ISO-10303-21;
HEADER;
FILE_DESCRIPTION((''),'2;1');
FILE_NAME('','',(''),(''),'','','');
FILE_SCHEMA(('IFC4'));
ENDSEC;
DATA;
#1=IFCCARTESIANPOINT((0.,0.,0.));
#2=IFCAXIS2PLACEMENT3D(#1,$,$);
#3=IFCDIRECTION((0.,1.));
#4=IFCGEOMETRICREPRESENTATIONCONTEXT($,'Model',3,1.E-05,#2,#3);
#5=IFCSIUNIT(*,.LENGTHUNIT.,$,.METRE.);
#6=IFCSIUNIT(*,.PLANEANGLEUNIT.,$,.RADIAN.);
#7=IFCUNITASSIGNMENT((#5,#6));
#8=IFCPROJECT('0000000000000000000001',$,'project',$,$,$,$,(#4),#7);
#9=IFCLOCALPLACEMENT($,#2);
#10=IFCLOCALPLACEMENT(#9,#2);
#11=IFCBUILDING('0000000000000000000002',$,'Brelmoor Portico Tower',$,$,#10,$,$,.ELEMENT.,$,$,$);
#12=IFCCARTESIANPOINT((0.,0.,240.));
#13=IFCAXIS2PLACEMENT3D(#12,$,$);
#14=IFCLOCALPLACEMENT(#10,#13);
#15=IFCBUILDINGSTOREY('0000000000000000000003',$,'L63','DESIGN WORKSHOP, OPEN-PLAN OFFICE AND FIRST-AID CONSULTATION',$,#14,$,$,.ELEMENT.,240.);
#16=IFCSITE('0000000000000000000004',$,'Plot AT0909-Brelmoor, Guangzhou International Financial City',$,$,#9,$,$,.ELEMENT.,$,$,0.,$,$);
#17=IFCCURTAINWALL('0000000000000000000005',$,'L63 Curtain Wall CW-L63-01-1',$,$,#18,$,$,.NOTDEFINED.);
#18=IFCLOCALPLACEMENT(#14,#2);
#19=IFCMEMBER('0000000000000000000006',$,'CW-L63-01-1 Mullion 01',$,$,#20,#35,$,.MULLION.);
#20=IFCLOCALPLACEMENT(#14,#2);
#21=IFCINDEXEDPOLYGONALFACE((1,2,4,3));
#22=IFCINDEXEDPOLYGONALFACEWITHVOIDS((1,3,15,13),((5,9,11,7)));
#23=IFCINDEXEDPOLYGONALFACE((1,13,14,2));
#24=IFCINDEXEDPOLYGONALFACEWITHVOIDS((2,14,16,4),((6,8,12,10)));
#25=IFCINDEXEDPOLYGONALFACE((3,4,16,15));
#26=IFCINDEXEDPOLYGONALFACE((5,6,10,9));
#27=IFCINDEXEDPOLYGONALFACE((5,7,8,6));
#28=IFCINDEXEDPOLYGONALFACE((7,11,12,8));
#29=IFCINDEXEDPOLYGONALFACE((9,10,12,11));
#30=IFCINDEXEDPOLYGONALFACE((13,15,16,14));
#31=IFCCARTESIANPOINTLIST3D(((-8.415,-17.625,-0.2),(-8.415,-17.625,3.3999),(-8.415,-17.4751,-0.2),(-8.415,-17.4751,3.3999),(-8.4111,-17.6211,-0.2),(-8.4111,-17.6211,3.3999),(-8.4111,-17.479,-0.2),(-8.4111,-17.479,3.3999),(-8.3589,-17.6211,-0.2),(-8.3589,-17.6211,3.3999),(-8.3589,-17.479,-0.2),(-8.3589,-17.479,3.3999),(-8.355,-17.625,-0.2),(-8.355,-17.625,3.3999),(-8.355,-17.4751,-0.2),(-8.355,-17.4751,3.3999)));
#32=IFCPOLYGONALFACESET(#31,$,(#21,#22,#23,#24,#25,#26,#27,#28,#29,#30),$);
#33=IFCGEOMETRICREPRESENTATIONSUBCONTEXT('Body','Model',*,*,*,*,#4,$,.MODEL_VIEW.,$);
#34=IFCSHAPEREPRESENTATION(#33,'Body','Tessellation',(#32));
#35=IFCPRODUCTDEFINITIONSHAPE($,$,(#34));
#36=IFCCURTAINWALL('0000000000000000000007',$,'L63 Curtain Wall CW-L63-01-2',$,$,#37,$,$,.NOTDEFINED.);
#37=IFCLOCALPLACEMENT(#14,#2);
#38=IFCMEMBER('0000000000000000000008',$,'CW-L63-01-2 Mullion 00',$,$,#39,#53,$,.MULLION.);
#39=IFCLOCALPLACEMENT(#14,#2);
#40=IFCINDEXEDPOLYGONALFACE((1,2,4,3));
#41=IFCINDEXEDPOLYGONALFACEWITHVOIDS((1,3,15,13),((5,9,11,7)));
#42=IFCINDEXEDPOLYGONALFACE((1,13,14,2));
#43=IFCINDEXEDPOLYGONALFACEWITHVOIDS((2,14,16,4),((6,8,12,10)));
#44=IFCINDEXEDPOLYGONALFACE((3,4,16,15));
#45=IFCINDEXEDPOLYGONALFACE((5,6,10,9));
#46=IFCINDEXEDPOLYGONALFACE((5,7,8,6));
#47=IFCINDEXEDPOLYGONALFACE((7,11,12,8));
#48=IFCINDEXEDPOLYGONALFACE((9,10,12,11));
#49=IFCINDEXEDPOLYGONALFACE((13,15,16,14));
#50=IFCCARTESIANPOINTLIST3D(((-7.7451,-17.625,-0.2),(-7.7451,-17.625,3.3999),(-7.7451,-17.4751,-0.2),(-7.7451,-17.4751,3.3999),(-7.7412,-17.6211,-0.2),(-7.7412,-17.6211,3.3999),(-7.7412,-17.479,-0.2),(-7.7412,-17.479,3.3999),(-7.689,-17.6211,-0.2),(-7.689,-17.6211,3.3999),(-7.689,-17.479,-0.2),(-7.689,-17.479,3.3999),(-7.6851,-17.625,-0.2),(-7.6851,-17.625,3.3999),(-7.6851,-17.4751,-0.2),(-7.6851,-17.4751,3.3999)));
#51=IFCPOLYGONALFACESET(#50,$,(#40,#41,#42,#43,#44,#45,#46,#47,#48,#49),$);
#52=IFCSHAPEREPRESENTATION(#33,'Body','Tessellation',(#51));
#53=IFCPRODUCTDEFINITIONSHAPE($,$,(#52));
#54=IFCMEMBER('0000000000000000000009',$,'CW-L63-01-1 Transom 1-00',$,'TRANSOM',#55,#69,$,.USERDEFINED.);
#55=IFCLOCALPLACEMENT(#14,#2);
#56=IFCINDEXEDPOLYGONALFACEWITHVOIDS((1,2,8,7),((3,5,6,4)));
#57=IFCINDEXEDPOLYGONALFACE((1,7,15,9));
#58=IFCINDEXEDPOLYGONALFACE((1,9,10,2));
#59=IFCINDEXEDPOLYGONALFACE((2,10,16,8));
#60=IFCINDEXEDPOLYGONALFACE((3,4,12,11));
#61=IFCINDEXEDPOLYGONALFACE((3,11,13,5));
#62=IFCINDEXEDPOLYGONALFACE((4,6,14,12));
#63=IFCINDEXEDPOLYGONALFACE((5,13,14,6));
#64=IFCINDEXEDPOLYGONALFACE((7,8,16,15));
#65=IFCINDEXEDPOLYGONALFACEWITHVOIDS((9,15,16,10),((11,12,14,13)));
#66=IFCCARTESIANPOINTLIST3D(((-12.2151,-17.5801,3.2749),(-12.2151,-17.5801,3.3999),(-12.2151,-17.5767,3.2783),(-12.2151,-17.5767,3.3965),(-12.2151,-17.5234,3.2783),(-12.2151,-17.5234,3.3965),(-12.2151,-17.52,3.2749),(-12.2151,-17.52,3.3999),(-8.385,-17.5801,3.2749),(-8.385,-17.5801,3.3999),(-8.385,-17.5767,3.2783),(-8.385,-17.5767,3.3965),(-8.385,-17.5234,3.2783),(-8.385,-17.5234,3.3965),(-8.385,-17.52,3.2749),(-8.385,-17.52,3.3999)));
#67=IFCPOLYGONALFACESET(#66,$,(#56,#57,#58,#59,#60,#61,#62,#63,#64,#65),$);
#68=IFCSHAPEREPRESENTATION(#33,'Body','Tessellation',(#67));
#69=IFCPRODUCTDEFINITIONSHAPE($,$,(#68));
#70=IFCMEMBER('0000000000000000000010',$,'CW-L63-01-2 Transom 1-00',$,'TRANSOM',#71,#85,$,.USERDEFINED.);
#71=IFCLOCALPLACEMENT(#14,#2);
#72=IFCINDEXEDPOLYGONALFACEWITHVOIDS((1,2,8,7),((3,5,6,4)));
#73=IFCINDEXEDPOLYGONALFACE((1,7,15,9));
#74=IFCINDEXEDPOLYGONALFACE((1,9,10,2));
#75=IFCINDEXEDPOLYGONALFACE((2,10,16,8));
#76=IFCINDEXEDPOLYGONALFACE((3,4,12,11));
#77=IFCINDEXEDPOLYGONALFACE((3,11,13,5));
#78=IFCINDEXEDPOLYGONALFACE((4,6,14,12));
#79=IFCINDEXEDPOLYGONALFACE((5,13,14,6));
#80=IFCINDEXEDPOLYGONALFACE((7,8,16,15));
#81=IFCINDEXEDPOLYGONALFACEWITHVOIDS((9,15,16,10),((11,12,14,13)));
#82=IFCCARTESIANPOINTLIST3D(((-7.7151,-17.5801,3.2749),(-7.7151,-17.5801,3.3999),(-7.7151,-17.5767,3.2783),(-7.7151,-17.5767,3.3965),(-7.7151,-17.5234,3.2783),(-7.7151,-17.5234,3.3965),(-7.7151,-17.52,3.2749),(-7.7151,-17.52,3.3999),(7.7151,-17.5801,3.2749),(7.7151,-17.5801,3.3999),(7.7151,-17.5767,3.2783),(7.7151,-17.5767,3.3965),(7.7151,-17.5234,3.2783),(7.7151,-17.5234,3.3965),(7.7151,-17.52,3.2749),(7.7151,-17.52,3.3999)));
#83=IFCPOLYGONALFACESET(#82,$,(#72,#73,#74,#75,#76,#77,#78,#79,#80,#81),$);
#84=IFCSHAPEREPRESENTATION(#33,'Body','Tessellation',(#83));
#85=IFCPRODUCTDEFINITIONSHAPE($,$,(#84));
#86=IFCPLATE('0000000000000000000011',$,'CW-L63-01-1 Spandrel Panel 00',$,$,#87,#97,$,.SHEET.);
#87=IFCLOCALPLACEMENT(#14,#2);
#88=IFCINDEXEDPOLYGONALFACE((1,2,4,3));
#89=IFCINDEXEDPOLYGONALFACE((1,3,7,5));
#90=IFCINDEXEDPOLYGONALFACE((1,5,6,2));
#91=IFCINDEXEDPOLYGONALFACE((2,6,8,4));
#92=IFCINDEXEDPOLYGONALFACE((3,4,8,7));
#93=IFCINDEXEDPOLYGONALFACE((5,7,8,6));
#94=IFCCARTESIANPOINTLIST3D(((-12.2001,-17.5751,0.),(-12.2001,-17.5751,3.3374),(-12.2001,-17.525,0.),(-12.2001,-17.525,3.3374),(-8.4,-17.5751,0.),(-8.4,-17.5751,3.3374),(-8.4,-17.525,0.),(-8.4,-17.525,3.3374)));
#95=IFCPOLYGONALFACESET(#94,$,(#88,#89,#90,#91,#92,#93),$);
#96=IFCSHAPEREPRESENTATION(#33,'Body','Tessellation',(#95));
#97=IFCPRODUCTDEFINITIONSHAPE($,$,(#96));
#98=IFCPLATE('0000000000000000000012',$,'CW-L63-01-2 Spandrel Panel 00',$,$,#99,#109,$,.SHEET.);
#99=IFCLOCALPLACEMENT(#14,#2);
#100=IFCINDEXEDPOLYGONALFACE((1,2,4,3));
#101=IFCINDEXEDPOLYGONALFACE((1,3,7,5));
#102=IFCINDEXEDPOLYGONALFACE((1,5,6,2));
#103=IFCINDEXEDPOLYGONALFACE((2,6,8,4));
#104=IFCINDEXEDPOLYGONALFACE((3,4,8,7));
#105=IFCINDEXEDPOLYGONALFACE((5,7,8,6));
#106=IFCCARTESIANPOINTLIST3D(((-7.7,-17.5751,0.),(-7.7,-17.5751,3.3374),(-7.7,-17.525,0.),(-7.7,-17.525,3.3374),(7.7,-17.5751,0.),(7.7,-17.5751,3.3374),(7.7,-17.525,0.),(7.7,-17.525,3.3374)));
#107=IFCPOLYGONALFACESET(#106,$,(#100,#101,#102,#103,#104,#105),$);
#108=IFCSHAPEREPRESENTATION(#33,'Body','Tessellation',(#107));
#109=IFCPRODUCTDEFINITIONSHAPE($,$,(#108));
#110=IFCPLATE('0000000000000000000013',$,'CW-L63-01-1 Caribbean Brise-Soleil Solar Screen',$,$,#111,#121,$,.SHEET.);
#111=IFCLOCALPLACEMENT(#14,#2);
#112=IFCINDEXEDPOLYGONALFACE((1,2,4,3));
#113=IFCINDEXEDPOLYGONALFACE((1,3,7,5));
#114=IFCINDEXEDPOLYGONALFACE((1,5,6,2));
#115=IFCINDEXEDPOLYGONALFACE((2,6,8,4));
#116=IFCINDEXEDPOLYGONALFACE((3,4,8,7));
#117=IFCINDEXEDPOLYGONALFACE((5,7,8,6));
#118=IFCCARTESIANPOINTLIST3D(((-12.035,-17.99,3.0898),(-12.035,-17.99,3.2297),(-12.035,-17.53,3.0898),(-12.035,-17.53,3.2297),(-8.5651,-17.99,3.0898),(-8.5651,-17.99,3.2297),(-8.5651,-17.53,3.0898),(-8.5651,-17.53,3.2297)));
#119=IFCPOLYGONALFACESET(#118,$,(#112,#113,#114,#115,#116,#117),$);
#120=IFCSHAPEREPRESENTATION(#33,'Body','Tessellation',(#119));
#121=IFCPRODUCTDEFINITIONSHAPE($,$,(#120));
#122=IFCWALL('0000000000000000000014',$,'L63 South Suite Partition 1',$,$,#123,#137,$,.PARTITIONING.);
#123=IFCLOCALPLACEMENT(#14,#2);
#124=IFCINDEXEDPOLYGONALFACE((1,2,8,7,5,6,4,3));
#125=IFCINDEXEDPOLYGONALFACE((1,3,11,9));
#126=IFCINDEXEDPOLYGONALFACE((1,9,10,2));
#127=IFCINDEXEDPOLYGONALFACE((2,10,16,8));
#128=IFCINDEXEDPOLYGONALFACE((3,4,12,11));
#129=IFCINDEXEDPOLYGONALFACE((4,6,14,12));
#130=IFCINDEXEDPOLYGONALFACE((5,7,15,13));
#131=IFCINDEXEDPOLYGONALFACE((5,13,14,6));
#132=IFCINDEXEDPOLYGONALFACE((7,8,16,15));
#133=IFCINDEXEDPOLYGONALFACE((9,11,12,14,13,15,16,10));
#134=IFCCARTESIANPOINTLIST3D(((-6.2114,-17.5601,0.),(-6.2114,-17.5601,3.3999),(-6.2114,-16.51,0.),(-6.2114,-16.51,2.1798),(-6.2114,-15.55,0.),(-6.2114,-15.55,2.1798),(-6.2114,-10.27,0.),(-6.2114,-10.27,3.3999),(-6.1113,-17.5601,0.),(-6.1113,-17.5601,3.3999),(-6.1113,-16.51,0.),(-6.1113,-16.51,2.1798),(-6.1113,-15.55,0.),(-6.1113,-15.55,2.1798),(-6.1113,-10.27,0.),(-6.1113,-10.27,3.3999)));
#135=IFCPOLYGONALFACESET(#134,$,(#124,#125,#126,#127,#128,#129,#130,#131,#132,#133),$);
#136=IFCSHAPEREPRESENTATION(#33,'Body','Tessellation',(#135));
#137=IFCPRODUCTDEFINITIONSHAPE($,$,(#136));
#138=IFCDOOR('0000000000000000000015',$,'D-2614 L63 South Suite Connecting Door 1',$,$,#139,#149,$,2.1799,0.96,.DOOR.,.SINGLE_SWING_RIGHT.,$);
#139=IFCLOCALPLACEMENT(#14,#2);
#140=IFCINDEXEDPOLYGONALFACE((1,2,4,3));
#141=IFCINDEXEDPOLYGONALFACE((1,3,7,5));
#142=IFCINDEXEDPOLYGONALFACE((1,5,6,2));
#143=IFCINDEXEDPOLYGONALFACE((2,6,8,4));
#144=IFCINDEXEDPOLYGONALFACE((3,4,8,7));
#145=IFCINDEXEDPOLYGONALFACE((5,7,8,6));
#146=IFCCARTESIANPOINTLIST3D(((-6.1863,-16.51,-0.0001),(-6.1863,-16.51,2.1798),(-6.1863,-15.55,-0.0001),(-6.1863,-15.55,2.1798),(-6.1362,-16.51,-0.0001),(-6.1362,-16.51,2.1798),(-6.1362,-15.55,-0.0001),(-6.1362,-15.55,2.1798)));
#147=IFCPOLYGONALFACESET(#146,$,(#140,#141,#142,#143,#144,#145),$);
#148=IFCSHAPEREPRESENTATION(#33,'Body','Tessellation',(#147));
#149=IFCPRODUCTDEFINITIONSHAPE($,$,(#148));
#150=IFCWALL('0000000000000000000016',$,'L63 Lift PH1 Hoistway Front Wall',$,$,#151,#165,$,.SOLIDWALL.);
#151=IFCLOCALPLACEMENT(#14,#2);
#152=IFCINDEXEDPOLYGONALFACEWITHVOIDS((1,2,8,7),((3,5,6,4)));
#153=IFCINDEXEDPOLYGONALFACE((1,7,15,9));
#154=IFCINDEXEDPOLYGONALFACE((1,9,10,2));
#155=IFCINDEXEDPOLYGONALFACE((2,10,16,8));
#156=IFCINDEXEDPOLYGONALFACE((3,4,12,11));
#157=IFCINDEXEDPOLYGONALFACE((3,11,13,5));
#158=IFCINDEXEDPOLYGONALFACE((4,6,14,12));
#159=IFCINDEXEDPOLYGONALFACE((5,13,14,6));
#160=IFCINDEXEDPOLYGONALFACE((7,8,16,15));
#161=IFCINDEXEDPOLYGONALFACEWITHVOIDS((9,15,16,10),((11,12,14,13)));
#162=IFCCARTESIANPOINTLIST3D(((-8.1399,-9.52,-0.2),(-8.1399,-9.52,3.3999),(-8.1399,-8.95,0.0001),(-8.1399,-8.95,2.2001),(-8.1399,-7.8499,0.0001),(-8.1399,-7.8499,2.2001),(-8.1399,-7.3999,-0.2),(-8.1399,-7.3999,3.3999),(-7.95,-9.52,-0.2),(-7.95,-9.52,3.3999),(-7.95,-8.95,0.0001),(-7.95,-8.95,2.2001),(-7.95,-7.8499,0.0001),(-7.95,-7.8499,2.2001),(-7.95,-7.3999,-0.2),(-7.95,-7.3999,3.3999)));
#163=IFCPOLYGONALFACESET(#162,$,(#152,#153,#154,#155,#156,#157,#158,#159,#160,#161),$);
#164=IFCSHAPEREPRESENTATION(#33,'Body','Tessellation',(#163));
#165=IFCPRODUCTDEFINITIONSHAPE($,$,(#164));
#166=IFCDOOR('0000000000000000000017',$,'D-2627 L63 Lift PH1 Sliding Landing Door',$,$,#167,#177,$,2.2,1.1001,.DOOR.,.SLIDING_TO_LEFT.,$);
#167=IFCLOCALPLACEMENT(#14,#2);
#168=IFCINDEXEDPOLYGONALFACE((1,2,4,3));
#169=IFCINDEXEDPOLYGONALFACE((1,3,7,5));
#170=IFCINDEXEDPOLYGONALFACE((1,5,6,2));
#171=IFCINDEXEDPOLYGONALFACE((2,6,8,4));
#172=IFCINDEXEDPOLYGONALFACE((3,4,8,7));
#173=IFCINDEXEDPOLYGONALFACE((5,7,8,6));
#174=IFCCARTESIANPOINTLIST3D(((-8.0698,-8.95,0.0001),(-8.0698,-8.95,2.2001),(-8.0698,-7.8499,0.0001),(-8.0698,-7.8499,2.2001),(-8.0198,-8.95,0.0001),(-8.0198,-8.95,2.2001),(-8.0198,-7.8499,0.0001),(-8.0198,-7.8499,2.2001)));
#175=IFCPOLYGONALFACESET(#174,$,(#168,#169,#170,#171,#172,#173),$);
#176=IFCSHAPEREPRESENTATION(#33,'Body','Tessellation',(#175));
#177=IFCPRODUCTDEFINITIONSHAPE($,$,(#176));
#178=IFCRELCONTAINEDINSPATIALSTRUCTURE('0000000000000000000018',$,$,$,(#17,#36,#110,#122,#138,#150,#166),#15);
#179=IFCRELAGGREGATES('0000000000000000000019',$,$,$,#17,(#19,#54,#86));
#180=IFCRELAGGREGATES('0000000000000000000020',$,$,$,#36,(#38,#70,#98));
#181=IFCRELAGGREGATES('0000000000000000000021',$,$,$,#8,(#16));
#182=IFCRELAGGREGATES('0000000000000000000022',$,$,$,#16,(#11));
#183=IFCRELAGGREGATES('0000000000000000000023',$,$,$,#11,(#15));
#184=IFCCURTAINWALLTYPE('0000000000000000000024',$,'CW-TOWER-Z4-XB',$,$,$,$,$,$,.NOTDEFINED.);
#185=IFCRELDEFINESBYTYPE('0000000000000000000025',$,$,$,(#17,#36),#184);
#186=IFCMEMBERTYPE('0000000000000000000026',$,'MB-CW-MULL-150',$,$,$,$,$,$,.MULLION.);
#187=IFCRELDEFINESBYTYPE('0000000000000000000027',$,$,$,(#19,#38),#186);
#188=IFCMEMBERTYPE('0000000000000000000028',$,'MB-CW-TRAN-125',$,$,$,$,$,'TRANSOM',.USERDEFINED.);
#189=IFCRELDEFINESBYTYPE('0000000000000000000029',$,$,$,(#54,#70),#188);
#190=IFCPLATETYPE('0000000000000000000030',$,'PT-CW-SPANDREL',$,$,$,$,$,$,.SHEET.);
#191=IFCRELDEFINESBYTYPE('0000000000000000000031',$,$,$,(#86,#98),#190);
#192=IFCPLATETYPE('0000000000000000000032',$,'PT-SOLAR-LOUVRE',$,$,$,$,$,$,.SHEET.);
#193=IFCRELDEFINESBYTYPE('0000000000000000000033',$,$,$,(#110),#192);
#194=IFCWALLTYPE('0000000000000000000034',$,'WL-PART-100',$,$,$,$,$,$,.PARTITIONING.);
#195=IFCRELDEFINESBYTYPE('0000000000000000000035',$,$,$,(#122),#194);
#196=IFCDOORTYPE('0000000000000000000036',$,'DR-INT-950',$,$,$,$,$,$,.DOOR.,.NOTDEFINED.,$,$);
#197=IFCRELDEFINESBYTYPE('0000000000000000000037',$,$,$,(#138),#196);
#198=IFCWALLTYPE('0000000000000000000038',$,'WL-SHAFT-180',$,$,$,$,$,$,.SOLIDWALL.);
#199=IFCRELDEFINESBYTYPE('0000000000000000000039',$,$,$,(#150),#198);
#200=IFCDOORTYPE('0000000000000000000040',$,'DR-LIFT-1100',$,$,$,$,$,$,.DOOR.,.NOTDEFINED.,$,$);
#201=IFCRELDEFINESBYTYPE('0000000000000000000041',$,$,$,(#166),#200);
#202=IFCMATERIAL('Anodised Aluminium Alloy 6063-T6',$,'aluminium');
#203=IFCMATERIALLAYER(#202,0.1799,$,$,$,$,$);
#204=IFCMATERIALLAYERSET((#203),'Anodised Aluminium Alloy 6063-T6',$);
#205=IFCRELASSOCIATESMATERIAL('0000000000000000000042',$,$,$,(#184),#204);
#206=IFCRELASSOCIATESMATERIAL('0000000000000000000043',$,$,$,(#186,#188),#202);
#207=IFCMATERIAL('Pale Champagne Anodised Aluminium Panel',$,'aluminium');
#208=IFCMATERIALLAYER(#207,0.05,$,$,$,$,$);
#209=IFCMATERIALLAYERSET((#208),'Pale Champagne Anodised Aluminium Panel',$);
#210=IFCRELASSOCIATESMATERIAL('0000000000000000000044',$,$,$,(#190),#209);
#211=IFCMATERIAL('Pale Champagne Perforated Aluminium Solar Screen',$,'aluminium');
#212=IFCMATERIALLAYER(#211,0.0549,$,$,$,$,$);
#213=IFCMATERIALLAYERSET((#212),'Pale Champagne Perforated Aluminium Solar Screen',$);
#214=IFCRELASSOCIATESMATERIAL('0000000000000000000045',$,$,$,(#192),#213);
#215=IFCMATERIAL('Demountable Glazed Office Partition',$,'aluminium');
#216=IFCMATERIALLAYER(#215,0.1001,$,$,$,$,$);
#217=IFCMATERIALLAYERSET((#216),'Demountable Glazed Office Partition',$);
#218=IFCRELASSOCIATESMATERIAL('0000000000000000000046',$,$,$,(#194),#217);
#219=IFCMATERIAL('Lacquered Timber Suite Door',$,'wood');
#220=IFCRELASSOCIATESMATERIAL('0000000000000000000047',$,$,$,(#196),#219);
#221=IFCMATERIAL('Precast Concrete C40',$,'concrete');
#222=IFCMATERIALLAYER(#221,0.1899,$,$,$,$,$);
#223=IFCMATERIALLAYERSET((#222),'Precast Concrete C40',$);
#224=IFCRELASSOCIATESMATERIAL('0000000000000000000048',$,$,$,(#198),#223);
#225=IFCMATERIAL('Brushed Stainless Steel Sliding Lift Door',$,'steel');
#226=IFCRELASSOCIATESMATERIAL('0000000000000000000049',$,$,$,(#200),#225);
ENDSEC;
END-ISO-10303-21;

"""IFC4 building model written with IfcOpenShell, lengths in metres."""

from ifc_helpers import new_model, si_unit, direction, frame, frame_2d, origin, origin_2d, place, context, subcontext, project, spatial, rectangle, hollow_rectangle, extrude, material, layer, layer_set, material_profile, profile_set, type_object, element, fill, aggregate, save


model = new_model("IFC4")

# Units and contexts
model_context = context("Model", 3, precision=1e-05, world=origin(), true_north=direction((0.0, 1.0)))
body_context = subcontext(model_context, "Body", "Model", "MODEL_VIEW")
ifc_project = project(units=[si_unit("LENGTHUNIT", "METRE"), si_unit("PLANEANGLEUNIT", "RADIAN")], contexts=[model_context])

# Site, building, storey
site_placement = place(None, origin())
site = spatial("IfcSite", under=ifc_project, at=site_placement, Name="Plot AT0909-Brelmoor, Guangzhou International Financial City", CompositionType="ELEMENT", RefElevation=0.0)
building_placement = place(site_placement, origin())
building = spatial("IfcBuilding", under=site, at=building_placement, Name="Brelmoor Portico Tower", CompositionType="ELEMENT")
storey_placement = place(building_placement, frame((0.0, 0.0, 240.0)))
storey = spatial("IfcBuildingStorey", under=building, at=storey_placement, Name="L63", Description="DESIGN WORKSHOP, OPEN-PLAN OFFICE AND FIRST-AID CONSULTATION", CompositionType="ELEMENT", Elevation=240.0)

# Curtain wall, member
ifc_material_1 = material(Name="Anodised Aluminium Alloy 6063-T6", Category="aluminium")
ifc_layer_1 = layer(ifc_material_1, 0.1799)
ifc_layer_set_1 = layer_set([ifc_layer_1], Name="Anodised Aluminium Alloy 6063-T6")
curtain_wall_type = type_object("IfcCurtainWallType", Name="CW-TOWER-Z4-XB", PredefinedType="NOTDEFINED", material=ifc_layer_set_1)
curtain_wall_1_placement = place(storey_placement, origin())
curtain_wall_1 = element("IfcCurtainWall", 1, at=curtain_wall_1_placement, inside=storey, type_object=curtain_wall_type, Name="L63 Curtain Wall CW-L63-01-1", PredefinedType="NOTDEFINED")
ifc_material_profile_1 = material_profile(ifc_material_1, hollow_rectangle(XDim=0.0601, YDim=0.1499, WallThickness=0.0039, at=origin_2d()), Name="ALU MULLION 60x150")
ifc_profile_set_1 = profile_set([ifc_material_profile_1], Name="Anodised Aluminium Alloy 6063-T6")
member_type_1 = type_object("IfcMemberType", Name="MB-CW-MULL-150", PredefinedType="MULLION", material=ifc_profile_set_1)
member_1_placement = place(storey_placement, frame((-8.385, -17.55, -0.2), z_axis=(0.0, 0.0, 1.0), x_axis=(1.0, 0.0, 0.0)))
member_1 = element("IfcMember", 2, at=member_1_placement, type_object=member_type_1, Name="CW-L63-01-1 Mullion 01", PredefinedType="MULLION", context=body_context, shape_type="SweptSolid", body=[
    extrude(hollow_rectangle(XDim=0.0601, YDim=0.1499, WallThickness=0.0039, at=origin_2d()), origin(), (0.0, 0.0, 1.0), 3.5999),
])

# Curtain wall, member
curtain_wall_2_placement = place(storey_placement, origin())
curtain_wall_2 = element("IfcCurtainWall", 3, at=curtain_wall_2_placement, inside=storey, type_object=curtain_wall_type, Name="L63 Curtain Wall CW-L63-01-2", PredefinedType="NOTDEFINED")
member_2_placement = place(storey_placement, frame((-7.7151, -17.55, -0.2), z_axis=(0.0, 0.0, 1.0), x_axis=(1.0, 0.0, 0.0)))
member_2 = element("IfcMember", 4, at=member_2_placement, type_object=member_type_1, Name="CW-L63-01-2 Mullion 00", PredefinedType="MULLION", context=body_context, shape_type="SweptSolid", body=[
    extrude(hollow_rectangle(XDim=0.0601, YDim=0.1499, WallThickness=0.0039, at=origin_2d()), origin(), (0.0, 0.0, 1.0), 3.5999),
])

# Members
ifc_material_profile_2 = material_profile(ifc_material_1, hollow_rectangle(XDim=0.0601, YDim=0.125, WallThickness=0.0034, at=origin_2d()), Name="ALU TRANSOM 60x125")
ifc_profile_set_2 = profile_set([ifc_material_profile_2], Name="Anodised Aluminium Alloy 6063-T6")
member_type_2 = type_object("IfcMemberType", Name="MB-CW-TRAN-125", ElementType="TRANSOM", PredefinedType="USERDEFINED", material=ifc_profile_set_2)
member_3_placement = place(storey_placement, frame((-12.2151, -17.55, 3.3374), z_axis=(1.0, 0.0, 0.0), x_axis=(0.0, 1.0, 0.0)))
member_3 = element("IfcMember", 5, at=member_3_placement, type_object=member_type_2, Name="CW-L63-01-1 Transom 1-00", ObjectType="TRANSOM", PredefinedType="USERDEFINED", context=body_context, shape_type="SweptSolid", body=[
    extrude(hollow_rectangle(XDim=0.0601, YDim=0.125, WallThickness=0.0034, at=origin_2d()), origin(), (0.0, 0.0, 1.0), 3.8301),
])
member_4_placement = place(storey_placement, frame((-7.7151, -17.55, 3.3374), z_axis=(1.0, 0.0, 0.0), x_axis=(0.0, 1.0, 0.0)))
member_4 = element("IfcMember", 6, at=member_4_placement, type_object=member_type_2, Name="CW-L63-01-2 Transom 1-00", ObjectType="TRANSOM", PredefinedType="USERDEFINED", context=body_context, shape_type="SweptSolid", body=[
    extrude(hollow_rectangle(XDim=0.0601, YDim=0.125, WallThickness=0.0034, at=origin_2d()), origin(), (0.0, 0.0, 1.0), 15.4302),
])

# Plates
ifc_material_2 = material(Name="Pale Champagne Anodised Aluminium Panel", Category="aluminium")
ifc_layer_2 = layer(ifc_material_2, 0.05)
ifc_layer_set_2 = layer_set([ifc_layer_2], Name="Pale Champagne Anodised Aluminium Panel")
plate_type_1 = type_object("IfcPlateType", Name="PT-CW-SPANDREL", PredefinedType="SHEET", material=ifc_layer_set_2)
plate_1_placement = place(storey_placement, frame((-10.3, -17.55, 0.0), z_axis=(0.0, 0.0, 1.0), x_axis=(1.0, 0.0, 0.0)))
plate_1 = element("IfcPlate", 7, at=plate_1_placement, type_object=plate_type_1, Name="CW-L63-01-1 Spandrel Panel 00", PredefinedType="SHEET", context=body_context, shape_type="SweptSolid", body=[
    extrude(rectangle(XDim=3.8, YDim=0.05, at=origin_2d()), origin(), (0.0, 0.0, 1.0), 3.3374),
])
aggregate(curtain_wall_1, [member_1, member_3, plate_1])
plate_2_placement = place(storey_placement, frame((0.0, -17.55, 0.0), z_axis=(0.0, 0.0, 1.0), x_axis=(1.0, 0.0, 0.0)))
plate_2 = element("IfcPlate", 8, at=plate_2_placement, type_object=plate_type_1, Name="CW-L63-01-2 Spandrel Panel 00", PredefinedType="SHEET", context=body_context, shape_type="SweptSolid", body=[
    extrude(rectangle(XDim=15.3999, YDim=0.05, at=origin_2d()), origin(), (0.0, 0.0, 1.0), 3.3374),
])
aggregate(curtain_wall_2, [member_2, member_4, plate_2])
ifc_material_3 = material(Name="Pale Champagne Perforated Aluminium Solar Screen", Category="aluminium")
ifc_layer_3 = layer(ifc_material_3, 0.0549)
ifc_layer_set_3 = layer_set([ifc_layer_3], Name="Pale Champagne Perforated Aluminium Solar Screen")
plate_type_2 = type_object("IfcPlateType", Name="PT-SOLAR-LOUVRE", PredefinedType="SHEET", material=ifc_layer_set_3)
plate_3_placement = place(storey_placement, frame((-10.3, -17.76, 3.0898), z_axis=(0.0, 0.0, 1.0), x_axis=(1.0, 0.0, 0.0)))
element("IfcPlate", 9, at=plate_3_placement, inside=storey, type_object=plate_type_2, Name="CW-L63-01-1 Caribbean Brise-Soleil Solar Screen", PredefinedType="SHEET", context=body_context, shape_type="SweptSolid", body=[
    extrude(rectangle(XDim=3.47, YDim=0.46, at=origin_2d()), origin(), (0.0, 0.0, 1.0), 0.1399),
])

# Walls, openings, doors
ifc_material_4 = material(Name="Demountable Glazed Office Partition", Category="aluminium")
ifc_layer_4 = layer(ifc_material_4, 0.1001)
ifc_layer_set_4 = layer_set([ifc_layer_4], Name="Demountable Glazed Office Partition")
wall_type_1 = type_object("IfcWallType", Name="WL-PART-100", PredefinedType="PARTITIONING", material=ifc_layer_set_4)
wall_1_placement = place(storey_placement, frame((-6.1614, -17.5601, 0.0), z_axis=(0.0, 0.0, 1.0), x_axis=(0.0, 1.0, 0.0)))
wall_1 = element("IfcWall", 10, at=wall_1_placement, inside=storey, type_object=wall_type_1, Name="L63 South Suite Partition 1", PredefinedType="PARTITIONING", context=body_context, shape_type="SweptSolid", body=[
    extrude(rectangle(XDim=7.29, YDim=0.1001, at=frame_2d((3.645, 0.0))), origin(), (0.0, 0.0, 1.0), 3.3999),
])
opening_1_placement = place(wall_1_placement, frame((1.05, 0.0, 0.0)))
opening_1 = element("IfcOpeningElement", 11, at=opening_1_placement, cuts=wall_1, PredefinedType="OPENING", context=body_context, shape_type="SweptSolid", body=[
    extrude(rectangle(XDim=0.96, YDim=2.1799, at=frame_2d((0.48, 1.0898))), frame((0.0, 0.0601, 0.0), z_axis=(0.0, -1.0, 0.0), x_axis=(1.0, 0.0, 0.0)), (0.0, 0.0, 1.0), 0.1201),
])
ifc_material_5 = material(Name="Lacquered Timber Suite Door", Category="wood")
door_type_1 = type_object("IfcDoorType", Name="DR-INT-950", OperationType="NOTDEFINED", PredefinedType="DOOR", material=ifc_material_5)
door_1_placement = place(opening_1_placement, origin())
door_1 = element("IfcDoor", 12, at=door_1_placement, inside=storey, type_object=door_type_1, Name="D-2614 L63 South Suite Connecting Door 1", OperationType="SINGLE_SWING_RIGHT", OverallHeight=2.1799, OverallWidth=0.96, PredefinedType="DOOR", context=body_context, shape_type="SweptSolid", body=[
    extrude(rectangle(XDim=0.96, YDim=2.1799, at=frame_2d((0.48, 1.0898))), frame((0.0, 0.0249, 0.0), z_axis=(0.0, -1.0, 0.0), x_axis=(1.0, 0.0, 0.0)), (0.0, 0.0, 1.0), 0.05),
])
fill(opening_1, door_1)
ifc_material_6 = material(Name="Precast Concrete C40", Category="concrete")
ifc_layer_5 = layer(ifc_material_6, 0.1899)
ifc_layer_set_5 = layer_set([ifc_layer_5], Name="Precast Concrete C40")
wall_type_2 = type_object("IfcWallType", Name="WL-SHAFT-180", PredefinedType="SOLIDWALL", material=ifc_layer_set_5)
wall_2_placement = place(storey_placement, frame((-8.0449, -9.52, -0.2), z_axis=(0.0, 0.0, 1.0), x_axis=(0.0, 1.0, 0.0)))
wall_2 = element("IfcWall", 13, at=wall_2_placement, inside=storey, type_object=wall_type_2, Name="L63 Lift PH1 Hoistway Front Wall", PredefinedType="SOLIDWALL", context=body_context, shape_type="SweptSolid", body=[
    extrude(rectangle(XDim=2.1201, YDim=0.1899, at=frame_2d((1.0601, 0.0))), origin(), (0.0, 0.0, 1.0), 3.5999),
])
opening_2_placement = place(wall_2_placement, frame((0.5701, 0.0, 0.2)))
opening_2 = element("IfcOpeningElement", 14, at=opening_2_placement, cuts=wall_2, PredefinedType="OPENING", context=body_context, shape_type="SweptSolid", body=[
    extrude(rectangle(XDim=1.1001, YDim=2.2, at=frame_2d((0.55, 1.1001))), frame((0.0, 0.105, 0.0), z_axis=(0.0, -1.0, 0.0), x_axis=(1.0, 0.0, 0.0)), (0.0, 0.0, 1.0), 0.21),
])
ifc_material_7 = material(Name="Brushed Stainless Steel Sliding Lift Door", Category="steel")
door_type_2 = type_object("IfcDoorType", Name="DR-LIFT-1100", OperationType="NOTDEFINED", PredefinedType="DOOR", material=ifc_material_7)
door_2_placement = place(opening_2_placement, origin())
door_2 = element("IfcDoor", 15, at=door_2_placement, inside=storey, type_object=door_type_2, Name="D-2627 L63 Lift PH1 Sliding Landing Door", OperationType="SLIDING_TO_LEFT", OverallHeight=2.2, OverallWidth=1.1001, PredefinedType="DOOR", context=body_context, shape_type="SweptSolid", body=[
    extrude(rectangle(XDim=1.1001, YDim=2.2, at=frame_2d((0.55, 1.1001))), frame((0.0, 0.0249, 0.0), z_axis=(0.0, -1.0, 0.0), x_axis=(1.0, 0.0, 0.0)), (0.0, 0.0, 1.0), 0.05),
])
fill(opening_2, door_2)

save(model, "model.ifc")
